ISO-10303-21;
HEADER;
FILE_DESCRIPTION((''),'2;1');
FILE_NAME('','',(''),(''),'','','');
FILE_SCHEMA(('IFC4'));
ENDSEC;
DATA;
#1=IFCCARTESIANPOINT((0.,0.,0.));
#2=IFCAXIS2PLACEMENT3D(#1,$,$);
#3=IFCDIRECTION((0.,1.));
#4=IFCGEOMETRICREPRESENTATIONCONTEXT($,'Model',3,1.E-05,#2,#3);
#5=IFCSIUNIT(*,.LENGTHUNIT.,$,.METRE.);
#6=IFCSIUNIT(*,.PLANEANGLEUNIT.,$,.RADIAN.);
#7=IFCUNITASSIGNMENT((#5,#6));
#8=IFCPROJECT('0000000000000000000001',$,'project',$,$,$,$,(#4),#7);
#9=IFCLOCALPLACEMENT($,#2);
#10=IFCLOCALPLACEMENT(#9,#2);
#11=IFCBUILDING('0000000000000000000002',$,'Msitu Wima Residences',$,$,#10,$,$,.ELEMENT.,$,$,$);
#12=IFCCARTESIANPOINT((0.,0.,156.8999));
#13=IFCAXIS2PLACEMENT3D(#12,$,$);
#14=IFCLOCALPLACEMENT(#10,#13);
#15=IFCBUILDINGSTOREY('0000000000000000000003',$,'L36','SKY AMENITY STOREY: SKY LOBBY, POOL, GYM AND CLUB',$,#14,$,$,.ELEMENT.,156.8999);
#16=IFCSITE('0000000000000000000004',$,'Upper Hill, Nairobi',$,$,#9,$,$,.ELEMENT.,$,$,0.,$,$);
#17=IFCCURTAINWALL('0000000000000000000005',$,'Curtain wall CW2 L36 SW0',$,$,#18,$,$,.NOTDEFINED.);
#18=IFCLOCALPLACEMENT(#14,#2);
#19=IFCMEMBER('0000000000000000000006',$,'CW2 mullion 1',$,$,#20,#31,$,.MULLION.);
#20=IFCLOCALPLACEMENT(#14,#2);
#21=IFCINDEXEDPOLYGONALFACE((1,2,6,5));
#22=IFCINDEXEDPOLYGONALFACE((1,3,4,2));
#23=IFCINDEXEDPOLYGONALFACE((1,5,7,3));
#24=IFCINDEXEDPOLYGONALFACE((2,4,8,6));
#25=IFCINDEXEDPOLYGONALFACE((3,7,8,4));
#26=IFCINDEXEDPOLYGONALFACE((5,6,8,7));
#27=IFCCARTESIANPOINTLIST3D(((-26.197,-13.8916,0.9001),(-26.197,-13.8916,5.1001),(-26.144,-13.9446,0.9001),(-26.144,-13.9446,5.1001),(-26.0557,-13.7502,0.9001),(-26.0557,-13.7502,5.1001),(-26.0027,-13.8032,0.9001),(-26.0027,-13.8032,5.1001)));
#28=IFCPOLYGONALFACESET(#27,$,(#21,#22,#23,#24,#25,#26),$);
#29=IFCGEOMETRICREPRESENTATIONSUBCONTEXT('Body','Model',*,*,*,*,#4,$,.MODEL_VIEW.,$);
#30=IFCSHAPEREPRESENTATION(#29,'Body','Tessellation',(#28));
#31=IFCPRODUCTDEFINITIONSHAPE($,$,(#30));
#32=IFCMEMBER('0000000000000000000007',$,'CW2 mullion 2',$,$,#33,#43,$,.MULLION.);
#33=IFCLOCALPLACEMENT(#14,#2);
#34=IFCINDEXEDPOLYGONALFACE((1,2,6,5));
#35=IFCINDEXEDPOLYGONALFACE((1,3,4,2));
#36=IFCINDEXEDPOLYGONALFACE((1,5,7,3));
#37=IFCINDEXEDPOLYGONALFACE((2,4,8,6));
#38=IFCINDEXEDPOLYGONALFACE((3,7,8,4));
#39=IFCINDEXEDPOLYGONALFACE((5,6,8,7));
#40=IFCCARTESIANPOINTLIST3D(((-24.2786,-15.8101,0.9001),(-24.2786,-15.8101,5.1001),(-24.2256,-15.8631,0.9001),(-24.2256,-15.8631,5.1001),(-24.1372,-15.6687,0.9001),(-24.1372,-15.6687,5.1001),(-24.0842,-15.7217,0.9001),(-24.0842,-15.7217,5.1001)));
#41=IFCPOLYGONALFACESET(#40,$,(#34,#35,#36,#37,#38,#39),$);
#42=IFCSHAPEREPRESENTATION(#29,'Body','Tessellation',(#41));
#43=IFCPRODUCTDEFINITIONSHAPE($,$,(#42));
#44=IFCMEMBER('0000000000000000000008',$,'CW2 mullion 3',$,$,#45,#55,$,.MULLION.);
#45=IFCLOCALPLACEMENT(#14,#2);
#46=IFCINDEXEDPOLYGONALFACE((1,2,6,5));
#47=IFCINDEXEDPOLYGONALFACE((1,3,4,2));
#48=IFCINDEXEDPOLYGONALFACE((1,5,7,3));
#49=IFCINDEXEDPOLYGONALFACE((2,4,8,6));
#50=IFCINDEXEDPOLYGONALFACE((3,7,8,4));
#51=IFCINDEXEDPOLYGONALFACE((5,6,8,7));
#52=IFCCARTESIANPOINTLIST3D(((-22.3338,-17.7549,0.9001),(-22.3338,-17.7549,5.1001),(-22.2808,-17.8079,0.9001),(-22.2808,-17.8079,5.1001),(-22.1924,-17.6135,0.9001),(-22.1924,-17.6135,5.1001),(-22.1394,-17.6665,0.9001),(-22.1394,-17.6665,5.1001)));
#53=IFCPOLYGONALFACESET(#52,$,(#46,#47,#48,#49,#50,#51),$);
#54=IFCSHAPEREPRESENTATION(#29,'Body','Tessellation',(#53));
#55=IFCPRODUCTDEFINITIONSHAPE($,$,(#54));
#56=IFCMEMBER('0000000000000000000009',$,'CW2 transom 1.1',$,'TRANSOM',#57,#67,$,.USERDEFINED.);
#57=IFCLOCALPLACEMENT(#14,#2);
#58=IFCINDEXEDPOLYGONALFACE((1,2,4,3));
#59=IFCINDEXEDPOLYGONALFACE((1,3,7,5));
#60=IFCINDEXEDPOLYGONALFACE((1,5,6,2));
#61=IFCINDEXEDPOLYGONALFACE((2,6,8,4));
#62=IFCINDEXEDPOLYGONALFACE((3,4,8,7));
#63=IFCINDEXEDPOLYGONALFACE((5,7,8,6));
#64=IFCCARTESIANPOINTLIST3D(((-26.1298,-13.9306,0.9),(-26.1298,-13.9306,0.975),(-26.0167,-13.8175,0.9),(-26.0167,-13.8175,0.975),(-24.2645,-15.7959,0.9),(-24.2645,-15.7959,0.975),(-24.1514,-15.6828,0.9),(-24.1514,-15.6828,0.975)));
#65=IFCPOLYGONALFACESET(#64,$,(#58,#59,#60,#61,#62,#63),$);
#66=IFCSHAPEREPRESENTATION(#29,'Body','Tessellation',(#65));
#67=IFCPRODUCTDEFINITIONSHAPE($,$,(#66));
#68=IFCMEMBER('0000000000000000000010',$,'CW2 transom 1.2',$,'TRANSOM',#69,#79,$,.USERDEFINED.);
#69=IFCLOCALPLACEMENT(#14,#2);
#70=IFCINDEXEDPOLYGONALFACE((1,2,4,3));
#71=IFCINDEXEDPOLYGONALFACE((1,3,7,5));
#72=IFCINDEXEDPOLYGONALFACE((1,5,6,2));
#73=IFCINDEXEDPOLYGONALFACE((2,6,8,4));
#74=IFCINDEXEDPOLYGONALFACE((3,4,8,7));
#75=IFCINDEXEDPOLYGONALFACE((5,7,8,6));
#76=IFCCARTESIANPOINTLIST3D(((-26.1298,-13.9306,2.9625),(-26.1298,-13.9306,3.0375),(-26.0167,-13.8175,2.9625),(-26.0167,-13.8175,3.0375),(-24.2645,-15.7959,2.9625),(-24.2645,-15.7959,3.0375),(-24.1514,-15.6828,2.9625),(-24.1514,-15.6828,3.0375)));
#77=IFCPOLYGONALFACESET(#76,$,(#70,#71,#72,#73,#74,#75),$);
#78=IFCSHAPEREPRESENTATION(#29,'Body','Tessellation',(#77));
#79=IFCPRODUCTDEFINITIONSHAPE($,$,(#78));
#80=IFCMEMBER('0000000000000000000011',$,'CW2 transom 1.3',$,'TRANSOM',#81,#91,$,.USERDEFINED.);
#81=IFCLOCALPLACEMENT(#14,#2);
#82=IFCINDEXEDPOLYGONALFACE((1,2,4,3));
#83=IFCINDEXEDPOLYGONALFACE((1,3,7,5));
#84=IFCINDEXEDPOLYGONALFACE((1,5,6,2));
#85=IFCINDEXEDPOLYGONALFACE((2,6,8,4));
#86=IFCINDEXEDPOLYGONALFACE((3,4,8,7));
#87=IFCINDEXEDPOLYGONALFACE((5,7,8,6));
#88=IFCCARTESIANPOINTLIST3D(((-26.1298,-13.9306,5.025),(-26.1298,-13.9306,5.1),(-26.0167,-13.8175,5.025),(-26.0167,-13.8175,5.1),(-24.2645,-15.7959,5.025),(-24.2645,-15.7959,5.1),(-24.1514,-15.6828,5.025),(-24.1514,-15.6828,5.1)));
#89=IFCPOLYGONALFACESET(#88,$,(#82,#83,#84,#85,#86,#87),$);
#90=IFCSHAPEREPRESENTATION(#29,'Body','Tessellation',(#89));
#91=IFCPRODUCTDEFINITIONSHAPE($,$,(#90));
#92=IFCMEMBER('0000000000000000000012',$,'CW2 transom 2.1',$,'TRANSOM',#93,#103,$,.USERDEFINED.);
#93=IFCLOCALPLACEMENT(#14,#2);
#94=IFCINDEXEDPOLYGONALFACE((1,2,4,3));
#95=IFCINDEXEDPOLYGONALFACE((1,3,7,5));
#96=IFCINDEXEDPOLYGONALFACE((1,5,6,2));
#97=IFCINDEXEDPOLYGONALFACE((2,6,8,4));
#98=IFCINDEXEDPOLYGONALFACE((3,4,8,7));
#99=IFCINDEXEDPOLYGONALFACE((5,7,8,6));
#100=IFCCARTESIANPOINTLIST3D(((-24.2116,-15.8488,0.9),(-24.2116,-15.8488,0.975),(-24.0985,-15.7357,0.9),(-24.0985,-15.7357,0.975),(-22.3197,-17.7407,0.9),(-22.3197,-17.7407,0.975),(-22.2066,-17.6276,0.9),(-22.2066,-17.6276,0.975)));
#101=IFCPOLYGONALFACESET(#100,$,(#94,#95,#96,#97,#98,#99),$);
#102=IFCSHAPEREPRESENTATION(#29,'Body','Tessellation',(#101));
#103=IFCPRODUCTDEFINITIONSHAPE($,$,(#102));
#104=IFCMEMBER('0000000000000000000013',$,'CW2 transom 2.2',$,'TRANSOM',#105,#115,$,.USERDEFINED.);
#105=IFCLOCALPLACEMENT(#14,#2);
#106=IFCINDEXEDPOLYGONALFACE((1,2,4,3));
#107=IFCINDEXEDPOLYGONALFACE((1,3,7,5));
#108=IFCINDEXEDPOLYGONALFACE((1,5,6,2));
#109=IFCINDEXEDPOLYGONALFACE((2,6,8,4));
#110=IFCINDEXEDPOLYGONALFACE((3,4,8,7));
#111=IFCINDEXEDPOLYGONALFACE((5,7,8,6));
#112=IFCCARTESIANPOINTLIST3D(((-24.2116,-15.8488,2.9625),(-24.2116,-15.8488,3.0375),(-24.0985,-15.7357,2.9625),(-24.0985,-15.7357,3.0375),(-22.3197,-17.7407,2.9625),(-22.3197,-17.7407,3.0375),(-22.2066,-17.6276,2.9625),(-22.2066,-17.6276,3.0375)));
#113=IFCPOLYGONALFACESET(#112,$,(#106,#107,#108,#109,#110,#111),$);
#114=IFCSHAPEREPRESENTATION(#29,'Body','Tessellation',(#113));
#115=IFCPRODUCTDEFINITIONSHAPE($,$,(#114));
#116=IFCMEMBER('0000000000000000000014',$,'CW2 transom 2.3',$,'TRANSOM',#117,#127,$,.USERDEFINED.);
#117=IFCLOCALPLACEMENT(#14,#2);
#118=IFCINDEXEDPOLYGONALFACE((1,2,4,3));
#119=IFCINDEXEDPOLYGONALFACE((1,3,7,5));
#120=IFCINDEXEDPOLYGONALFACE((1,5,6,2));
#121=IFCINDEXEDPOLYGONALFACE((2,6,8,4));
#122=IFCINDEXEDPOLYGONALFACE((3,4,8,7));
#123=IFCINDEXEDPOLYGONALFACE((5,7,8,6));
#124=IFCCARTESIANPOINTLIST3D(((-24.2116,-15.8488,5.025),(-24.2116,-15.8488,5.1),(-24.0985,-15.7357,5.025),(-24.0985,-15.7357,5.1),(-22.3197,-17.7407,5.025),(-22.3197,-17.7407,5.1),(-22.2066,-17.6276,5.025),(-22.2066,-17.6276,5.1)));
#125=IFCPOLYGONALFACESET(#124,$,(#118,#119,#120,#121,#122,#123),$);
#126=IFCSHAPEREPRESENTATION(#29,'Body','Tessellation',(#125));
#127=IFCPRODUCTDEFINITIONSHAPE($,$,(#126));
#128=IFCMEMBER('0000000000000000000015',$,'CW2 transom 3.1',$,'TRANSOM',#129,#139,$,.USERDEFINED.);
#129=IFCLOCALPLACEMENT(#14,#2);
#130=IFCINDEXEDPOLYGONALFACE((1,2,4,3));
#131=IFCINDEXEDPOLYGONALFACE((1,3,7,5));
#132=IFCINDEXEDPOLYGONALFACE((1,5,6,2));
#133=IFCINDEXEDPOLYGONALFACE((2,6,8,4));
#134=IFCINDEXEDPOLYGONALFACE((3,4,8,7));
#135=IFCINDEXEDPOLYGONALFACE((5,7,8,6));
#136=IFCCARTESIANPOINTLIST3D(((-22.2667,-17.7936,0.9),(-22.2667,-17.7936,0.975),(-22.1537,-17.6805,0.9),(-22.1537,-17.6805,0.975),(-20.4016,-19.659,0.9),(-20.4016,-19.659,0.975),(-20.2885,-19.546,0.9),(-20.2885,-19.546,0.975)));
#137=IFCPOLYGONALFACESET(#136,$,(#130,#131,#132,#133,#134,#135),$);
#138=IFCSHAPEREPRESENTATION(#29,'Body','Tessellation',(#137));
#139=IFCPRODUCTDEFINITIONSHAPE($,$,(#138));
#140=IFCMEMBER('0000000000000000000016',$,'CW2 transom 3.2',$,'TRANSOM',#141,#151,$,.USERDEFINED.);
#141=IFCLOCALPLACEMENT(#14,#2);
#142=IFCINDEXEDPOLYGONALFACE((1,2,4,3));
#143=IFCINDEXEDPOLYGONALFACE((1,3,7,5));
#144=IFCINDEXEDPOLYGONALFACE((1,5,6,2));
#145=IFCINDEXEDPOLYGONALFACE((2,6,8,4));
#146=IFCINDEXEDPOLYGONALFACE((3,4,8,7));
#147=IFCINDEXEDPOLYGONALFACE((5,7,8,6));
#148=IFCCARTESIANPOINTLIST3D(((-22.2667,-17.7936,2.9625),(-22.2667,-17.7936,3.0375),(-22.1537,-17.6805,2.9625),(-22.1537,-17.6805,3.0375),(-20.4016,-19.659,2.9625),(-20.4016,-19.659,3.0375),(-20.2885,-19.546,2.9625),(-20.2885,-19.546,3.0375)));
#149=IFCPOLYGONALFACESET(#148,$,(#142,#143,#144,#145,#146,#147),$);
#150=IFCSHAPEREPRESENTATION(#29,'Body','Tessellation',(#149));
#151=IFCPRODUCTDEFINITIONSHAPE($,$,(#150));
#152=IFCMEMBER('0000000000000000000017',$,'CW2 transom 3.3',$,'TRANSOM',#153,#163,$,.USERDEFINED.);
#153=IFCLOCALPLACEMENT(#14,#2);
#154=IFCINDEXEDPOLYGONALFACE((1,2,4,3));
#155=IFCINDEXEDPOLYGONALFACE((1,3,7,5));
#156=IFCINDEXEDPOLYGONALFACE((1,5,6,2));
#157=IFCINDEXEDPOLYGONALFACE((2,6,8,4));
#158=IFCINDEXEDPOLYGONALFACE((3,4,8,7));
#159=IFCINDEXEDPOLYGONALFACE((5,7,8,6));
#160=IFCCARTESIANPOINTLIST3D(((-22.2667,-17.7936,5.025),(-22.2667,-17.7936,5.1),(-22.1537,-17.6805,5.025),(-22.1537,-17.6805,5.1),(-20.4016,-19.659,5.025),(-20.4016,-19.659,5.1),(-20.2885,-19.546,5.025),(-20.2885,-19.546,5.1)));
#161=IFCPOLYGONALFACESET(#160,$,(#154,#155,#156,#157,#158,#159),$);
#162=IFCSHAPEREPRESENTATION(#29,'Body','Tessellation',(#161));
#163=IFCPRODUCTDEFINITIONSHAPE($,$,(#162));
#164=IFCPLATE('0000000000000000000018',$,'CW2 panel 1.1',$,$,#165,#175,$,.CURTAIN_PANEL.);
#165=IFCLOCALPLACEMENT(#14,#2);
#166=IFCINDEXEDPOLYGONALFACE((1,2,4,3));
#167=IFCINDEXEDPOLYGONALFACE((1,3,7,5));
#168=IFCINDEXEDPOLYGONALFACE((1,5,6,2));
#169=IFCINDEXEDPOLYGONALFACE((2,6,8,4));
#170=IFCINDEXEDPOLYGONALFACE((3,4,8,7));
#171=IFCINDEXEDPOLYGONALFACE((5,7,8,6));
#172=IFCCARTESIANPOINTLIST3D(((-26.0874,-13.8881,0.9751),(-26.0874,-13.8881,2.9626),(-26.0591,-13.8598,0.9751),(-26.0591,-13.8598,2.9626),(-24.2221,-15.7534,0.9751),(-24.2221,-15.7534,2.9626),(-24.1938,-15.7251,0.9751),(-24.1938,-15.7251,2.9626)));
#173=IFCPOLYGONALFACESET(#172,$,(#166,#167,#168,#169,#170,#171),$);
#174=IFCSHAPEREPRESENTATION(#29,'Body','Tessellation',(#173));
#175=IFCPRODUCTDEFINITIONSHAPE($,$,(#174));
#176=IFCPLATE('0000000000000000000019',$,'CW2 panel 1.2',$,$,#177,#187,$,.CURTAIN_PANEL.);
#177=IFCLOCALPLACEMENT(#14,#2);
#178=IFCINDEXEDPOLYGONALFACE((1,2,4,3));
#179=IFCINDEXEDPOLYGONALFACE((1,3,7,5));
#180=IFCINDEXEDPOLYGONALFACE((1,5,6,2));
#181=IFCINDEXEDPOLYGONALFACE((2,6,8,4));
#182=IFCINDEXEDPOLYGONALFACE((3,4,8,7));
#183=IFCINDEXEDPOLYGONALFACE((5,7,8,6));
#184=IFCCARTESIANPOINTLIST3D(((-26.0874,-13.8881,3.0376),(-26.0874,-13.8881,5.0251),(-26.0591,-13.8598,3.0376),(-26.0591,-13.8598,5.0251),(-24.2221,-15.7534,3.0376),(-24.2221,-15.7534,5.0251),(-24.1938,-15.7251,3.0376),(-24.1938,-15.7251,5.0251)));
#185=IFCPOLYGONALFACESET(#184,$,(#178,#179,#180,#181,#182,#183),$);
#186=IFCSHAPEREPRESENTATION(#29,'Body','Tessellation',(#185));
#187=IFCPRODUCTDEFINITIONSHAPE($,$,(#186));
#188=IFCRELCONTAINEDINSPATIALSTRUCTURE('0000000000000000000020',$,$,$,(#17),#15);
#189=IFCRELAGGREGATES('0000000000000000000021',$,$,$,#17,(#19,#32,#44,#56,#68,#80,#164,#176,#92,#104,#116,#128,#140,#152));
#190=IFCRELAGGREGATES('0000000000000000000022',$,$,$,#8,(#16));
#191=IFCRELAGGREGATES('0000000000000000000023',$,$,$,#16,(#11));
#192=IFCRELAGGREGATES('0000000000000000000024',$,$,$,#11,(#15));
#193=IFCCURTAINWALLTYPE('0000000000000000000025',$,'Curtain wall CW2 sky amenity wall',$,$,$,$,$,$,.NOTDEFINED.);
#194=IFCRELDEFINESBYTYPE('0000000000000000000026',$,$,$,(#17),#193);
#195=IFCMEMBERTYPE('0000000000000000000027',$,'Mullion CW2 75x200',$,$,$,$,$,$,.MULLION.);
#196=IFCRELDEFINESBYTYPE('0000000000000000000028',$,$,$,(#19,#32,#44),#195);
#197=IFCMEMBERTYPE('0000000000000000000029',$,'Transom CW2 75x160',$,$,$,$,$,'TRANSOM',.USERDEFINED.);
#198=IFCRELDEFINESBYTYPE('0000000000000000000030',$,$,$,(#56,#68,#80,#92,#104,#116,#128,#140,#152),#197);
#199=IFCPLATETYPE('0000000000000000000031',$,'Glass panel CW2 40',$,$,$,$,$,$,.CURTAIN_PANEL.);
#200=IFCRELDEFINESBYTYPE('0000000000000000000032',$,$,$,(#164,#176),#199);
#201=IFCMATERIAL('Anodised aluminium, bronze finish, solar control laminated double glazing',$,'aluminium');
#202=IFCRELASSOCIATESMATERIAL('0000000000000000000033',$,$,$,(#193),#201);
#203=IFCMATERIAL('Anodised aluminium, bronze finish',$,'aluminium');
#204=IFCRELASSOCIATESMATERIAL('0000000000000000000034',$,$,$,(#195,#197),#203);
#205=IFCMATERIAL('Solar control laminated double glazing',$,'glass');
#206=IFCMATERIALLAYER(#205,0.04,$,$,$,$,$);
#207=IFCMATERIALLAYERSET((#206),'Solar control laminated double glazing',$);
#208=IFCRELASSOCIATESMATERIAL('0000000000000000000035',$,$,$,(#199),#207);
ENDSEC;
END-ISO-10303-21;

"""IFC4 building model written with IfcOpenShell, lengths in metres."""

from ifc_helpers import new_model, si_unit, direction, frame, origin, origin_2d, place, context, subcontext, project, spatial, rectangle, extrude, material, layer, layer_set, material_profile, profile_set, type_object, element, aggregate, save


model = new_model("IFC4")

# Units and contexts
model_context = context("Model", 3, precision=1e-05, world=origin(), true_north=direction((0.0, 1.0)))
body_context = subcontext(model_context, "Body", "Model", "MODEL_VIEW")
ifc_project = project(units=[si_unit("LENGTHUNIT", "METRE"), si_unit("PLANEANGLEUNIT", "RADIAN")], contexts=[model_context])

# Site, building, storey
site_placement = place(None, origin())
site = spatial("IfcSite", under=ifc_project, at=site_placement, Name="Upper Hill, Nairobi", CompositionType="ELEMENT", RefElevation=0.0)
building_placement = place(site_placement, origin())
building = spatial("IfcBuilding", under=site, at=building_placement, Name="Msitu Wima Residences", CompositionType="ELEMENT")
storey_placement = place(building_placement, frame((0.0, 0.0, 156.8999)))
storey = spatial("IfcBuildingStorey", under=building, at=storey_placement, Name="L36", Description="SKY AMENITY STOREY: SKY LOBBY, POOL, GYM AND CLUB", CompositionType="ELEMENT", Elevation=156.8999)

# Curtain wall, members, plates
ifc_material_1 = material(Name="Anodised aluminium, bronze finish, solar control laminated double glazing", Category="aluminium")
curtain_wall_type = type_object("IfcCurtainWallType", Name="Curtain wall CW2 sky amenity wall", PredefinedType="NOTDEFINED", material=ifc_material_1)
curtain_wall_placement = place(storey_placement, origin())
curtain_wall = element("IfcCurtainWall", 1, at=curtain_wall_placement, inside=storey, type_object=curtain_wall_type, Name="Curtain wall CW2 L36 SW0", PredefinedType="NOTDEFINED")
ifc_material_2 = material(Name="Anodised aluminium, bronze finish", Category="aluminium")
ifc_material_profile_1 = material_profile(ifc_material_2, rectangle(XDim=0.2, YDim=0.075, at=origin_2d()), Name="Mullion 75x200")
ifc_profile_set_1 = profile_set([ifc_material_profile_1], Name="Anodised aluminium, bronze finish")
member_type_1 = type_object("IfcMemberType", Name="Mullion CW2 75x200", PredefinedType="MULLION", material=ifc_profile_set_1)
member_1_placement = place(storey_placement, frame((-26.0999, -13.8474, 0.9001), z_axis=(0.0, 0.0, 1.0), x_axis=(0.707107, 0.707107, 0.0)))
member_1 = element("IfcMember", 2, at=member_1_placement, type_object=member_type_1, Name="CW2 mullion 1", PredefinedType="MULLION", context=body_context, shape_type="SweptSolid", body=[
    extrude(rectangle(XDim=0.2, YDim=0.075, at=origin_2d()), origin(), (0.0, 0.0, 1.0), 4.2),
])
member_2_placement = place(storey_placement, frame((-24.1814, -15.7659, 0.9001), z_axis=(0.0, 0.0, 1.0), x_axis=(0.707107, 0.707107, 0.0)))
member_2 = element("IfcMember", 3, at=member_2_placement, type_object=member_type_1, Name="CW2 mullion 2", PredefinedType="MULLION", context=body_context, shape_type="SweptSolid", body=[
    extrude(rectangle(XDim=0.2, YDim=0.075, at=origin_2d()), origin(), (0.0, 0.0, 1.0), 4.2),
])
member_3_placement = place(storey_placement, frame((-22.2366, -17.7107, 0.9001), z_axis=(0.0, 0.0, 1.0), x_axis=(0.707107, 0.707107, 0.0)))
member_3 = element("IfcMember", 4, at=member_3_placement, type_object=member_type_1, Name="CW2 mullion 3", PredefinedType="MULLION", context=body_context, shape_type="SweptSolid", body=[
    extrude(rectangle(XDim=0.2, YDim=0.075, at=origin_2d()), origin(), (0.0, 0.0, 1.0), 4.2),
])
ifc_material_profile_2 = material_profile(ifc_material_2, rectangle(XDim=0.1599, YDim=0.075, at=origin_2d()), Name="Transom 75x160")
ifc_profile_set_2 = profile_set([ifc_material_profile_2], Name="Anodised aluminium, bronze finish")
member_type_2 = type_object("IfcMemberType", Name="Transom CW2 75x160", ElementType="TRANSOM", PredefinedType="USERDEFINED", material=ifc_profile_set_2)
member_4_placement = place(storey_placement, frame((-26.0732, -13.874, 0.9375), z_axis=(0.707107, -0.707107, 0.0), x_axis=(0.707107, 0.707107, 0.0)))
member_4 = element("IfcMember", 5, at=member_4_placement, type_object=member_type_2, Name="CW2 transom 1.1", ObjectType="TRANSOM", PredefinedType="USERDEFINED", context=body_context, shape_type="SweptSolid", body=[
    extrude(rectangle(XDim=0.1599, YDim=0.075, at=origin_2d()), origin(), (0.0, 0.0, 1.0), 2.6379),
])
member_5_placement = place(storey_placement, frame((-26.0732, -13.874, 3.0), z_axis=(0.707107, -0.707107, 0.0), x_axis=(0.707107, 0.707107, 0.0)))
member_5 = element("IfcMember", 6, at=member_5_placement, type_object=member_type_2, Name="CW2 transom 1.2", ObjectType="TRANSOM", PredefinedType="USERDEFINED", context=body_context, shape_type="SweptSolid", body=[
    extrude(rectangle(XDim=0.1599, YDim=0.075, at=origin_2d()), origin(), (0.0, 0.0, 1.0), 2.6379),
])
member_6_placement = place(storey_placement, frame((-26.0732, -13.874, 5.0625), z_axis=(0.707107, -0.707107, 0.0), x_axis=(0.707107, 0.707107, 0.0)))
member_6 = element("IfcMember", 7, at=member_6_placement, type_object=member_type_2, Name="CW2 transom 1.3", ObjectType="TRANSOM", PredefinedType="USERDEFINED", context=body_context, shape_type="SweptSolid", body=[
    extrude(rectangle(XDim=0.1599, YDim=0.075, at=origin_2d()), origin(), (0.0, 0.0, 1.0), 2.6379),
])
member_7_placement = place(storey_placement, frame((-24.155, -15.7922, 0.9375), z_axis=(0.707107, -0.707107, 0.0), x_axis=(0.707107, 0.707107, 0.0)))
member_7 = element("IfcMember", 8, at=member_7_placement, type_object=member_type_2, Name="CW2 transom 2.1", ObjectType="TRANSOM", PredefinedType="USERDEFINED", context=body_context, shape_type="SweptSolid", body=[
    extrude(rectangle(XDim=0.1599, YDim=0.075, at=origin_2d()), origin(), (0.0, 0.0, 1.0), 2.6755),
])
member_8_placement = place(storey_placement, frame((-24.155, -15.7922, 3.0), z_axis=(0.707107, -0.707107, 0.0), x_axis=(0.707107, 0.707107, 0.0)))
member_8 = element("IfcMember", 9, at=member_8_placement, type_object=member_type_2, Name="CW2 transom 2.2", ObjectType="TRANSOM", PredefinedType="USERDEFINED", context=body_context, shape_type="SweptSolid", body=[
    extrude(rectangle(XDim=0.1599, YDim=0.075, at=origin_2d()), origin(), (0.0, 0.0, 1.0), 2.6755),
])
member_9_placement = place(storey_placement, frame((-24.155, -15.7922, 5.0625), z_axis=(0.707107, -0.707107, 0.0), x_axis=(0.707107, 0.707107, 0.0)))
member_9 = element("IfcMember", 10, at=member_9_placement, type_object=member_type_2, Name="CW2 transom 2.3", ObjectType="TRANSOM", PredefinedType="USERDEFINED", context=body_context, shape_type="SweptSolid", body=[
    extrude(rectangle(XDim=0.1599, YDim=0.075, at=origin_2d()), origin(), (0.0, 0.0, 1.0), 2.6755),
])
member_10_placement = place(storey_placement, frame((-22.2102, -17.7371, 0.9375), z_axis=(0.707061, -0.707153, 0.0), x_axis=(0.707153, 0.707061, 0.0)))
member_10 = element("IfcMember", 11, at=member_10_placement, type_object=member_type_2, Name="CW2 transom 3.1", ObjectType="TRANSOM", PredefinedType="USERDEFINED", context=body_context, shape_type="SweptSolid", body=[
    extrude(rectangle(XDim=0.1599, YDim=0.075, at=origin_2d()), origin(), (0.0, 0.0, 1.0), 2.6379),
])
member_11_placement = place(storey_placement, frame((-22.2102, -17.7371, 3.0), z_axis=(0.707061, -0.707153, 0.0), x_axis=(0.707153, 0.707061, 0.0)))
member_11 = element("IfcMember", 12, at=member_11_placement, type_object=member_type_2, Name="CW2 transom 3.2", ObjectType="TRANSOM", PredefinedType="USERDEFINED", context=body_context, shape_type="SweptSolid", body=[
    extrude(rectangle(XDim=0.1599, YDim=0.075, at=origin_2d()), origin(), (0.0, 0.0, 1.0), 2.6379),
])
member_12_placement = place(storey_placement, frame((-22.2102, -17.7371, 5.0625), z_axis=(0.707061, -0.707153, 0.0), x_axis=(0.707153, 0.707061, 0.0)))
member_12 = element("IfcMember", 13, at=member_12_placement, type_object=member_type_2, Name="CW2 transom 3.3", ObjectType="TRANSOM", PredefinedType="USERDEFINED", context=body_context, shape_type="SweptSolid", body=[
    extrude(rectangle(XDim=0.1599, YDim=0.075, at=origin_2d()), origin(), (0.0, 0.0, 1.0), 2.6379),
])
ifc_material_3 = material(Name="Solar control laminated double glazing", Category="glass")
ifc_layer = layer(ifc_material_3, 0.04)
ifc_layer_set = layer_set([ifc_layer], Name="Solar control laminated double glazing")
plate_type = type_object("IfcPlateType", Name="Glass panel CW2 40", PredefinedType="CURTAIN_PANEL", material=ifc_layer_set)
plate_1_placement = place(storey_placement, frame((-25.1406, -14.8066, 0.9751), z_axis=(0.0, 0.0, 1.0), x_axis=(0.707107, -0.707107, 0.0)))
plate_1 = element("IfcPlate", 14, at=plate_1_placement, type_object=plate_type, Name="CW2 panel 1.1", PredefinedType="CURTAIN_PANEL", context=body_context, shape_type="SweptSolid", body=[
    extrude(rectangle(XDim=2.6379, YDim=0.04, at=origin_2d()), origin(), (0.0, 0.0, 1.0), 1.9875),
])
plate_2_placement = place(storey_placement, frame((-25.1406, -14.8066, 3.0376), z_axis=(0.0, 0.0, 1.0), x_axis=(0.707107, -0.707107, 0.0)))
plate_2 = element("IfcPlate", 15, at=plate_2_placement, type_object=plate_type, Name="CW2 panel 1.2", PredefinedType="CURTAIN_PANEL", context=body_context, shape_type="SweptSolid", body=[
    extrude(rectangle(XDim=2.6379, YDim=0.04, at=origin_2d()), origin(), (0.0, 0.0, 1.0), 1.9875),
])
aggregate(curtain_wall, [member_1, member_2, member_3, member_4, member_5, member_6, plate_1, plate_2, member_7, member_8, member_9, member_10, member_11, member_12])

save(model, "model.ifc")
